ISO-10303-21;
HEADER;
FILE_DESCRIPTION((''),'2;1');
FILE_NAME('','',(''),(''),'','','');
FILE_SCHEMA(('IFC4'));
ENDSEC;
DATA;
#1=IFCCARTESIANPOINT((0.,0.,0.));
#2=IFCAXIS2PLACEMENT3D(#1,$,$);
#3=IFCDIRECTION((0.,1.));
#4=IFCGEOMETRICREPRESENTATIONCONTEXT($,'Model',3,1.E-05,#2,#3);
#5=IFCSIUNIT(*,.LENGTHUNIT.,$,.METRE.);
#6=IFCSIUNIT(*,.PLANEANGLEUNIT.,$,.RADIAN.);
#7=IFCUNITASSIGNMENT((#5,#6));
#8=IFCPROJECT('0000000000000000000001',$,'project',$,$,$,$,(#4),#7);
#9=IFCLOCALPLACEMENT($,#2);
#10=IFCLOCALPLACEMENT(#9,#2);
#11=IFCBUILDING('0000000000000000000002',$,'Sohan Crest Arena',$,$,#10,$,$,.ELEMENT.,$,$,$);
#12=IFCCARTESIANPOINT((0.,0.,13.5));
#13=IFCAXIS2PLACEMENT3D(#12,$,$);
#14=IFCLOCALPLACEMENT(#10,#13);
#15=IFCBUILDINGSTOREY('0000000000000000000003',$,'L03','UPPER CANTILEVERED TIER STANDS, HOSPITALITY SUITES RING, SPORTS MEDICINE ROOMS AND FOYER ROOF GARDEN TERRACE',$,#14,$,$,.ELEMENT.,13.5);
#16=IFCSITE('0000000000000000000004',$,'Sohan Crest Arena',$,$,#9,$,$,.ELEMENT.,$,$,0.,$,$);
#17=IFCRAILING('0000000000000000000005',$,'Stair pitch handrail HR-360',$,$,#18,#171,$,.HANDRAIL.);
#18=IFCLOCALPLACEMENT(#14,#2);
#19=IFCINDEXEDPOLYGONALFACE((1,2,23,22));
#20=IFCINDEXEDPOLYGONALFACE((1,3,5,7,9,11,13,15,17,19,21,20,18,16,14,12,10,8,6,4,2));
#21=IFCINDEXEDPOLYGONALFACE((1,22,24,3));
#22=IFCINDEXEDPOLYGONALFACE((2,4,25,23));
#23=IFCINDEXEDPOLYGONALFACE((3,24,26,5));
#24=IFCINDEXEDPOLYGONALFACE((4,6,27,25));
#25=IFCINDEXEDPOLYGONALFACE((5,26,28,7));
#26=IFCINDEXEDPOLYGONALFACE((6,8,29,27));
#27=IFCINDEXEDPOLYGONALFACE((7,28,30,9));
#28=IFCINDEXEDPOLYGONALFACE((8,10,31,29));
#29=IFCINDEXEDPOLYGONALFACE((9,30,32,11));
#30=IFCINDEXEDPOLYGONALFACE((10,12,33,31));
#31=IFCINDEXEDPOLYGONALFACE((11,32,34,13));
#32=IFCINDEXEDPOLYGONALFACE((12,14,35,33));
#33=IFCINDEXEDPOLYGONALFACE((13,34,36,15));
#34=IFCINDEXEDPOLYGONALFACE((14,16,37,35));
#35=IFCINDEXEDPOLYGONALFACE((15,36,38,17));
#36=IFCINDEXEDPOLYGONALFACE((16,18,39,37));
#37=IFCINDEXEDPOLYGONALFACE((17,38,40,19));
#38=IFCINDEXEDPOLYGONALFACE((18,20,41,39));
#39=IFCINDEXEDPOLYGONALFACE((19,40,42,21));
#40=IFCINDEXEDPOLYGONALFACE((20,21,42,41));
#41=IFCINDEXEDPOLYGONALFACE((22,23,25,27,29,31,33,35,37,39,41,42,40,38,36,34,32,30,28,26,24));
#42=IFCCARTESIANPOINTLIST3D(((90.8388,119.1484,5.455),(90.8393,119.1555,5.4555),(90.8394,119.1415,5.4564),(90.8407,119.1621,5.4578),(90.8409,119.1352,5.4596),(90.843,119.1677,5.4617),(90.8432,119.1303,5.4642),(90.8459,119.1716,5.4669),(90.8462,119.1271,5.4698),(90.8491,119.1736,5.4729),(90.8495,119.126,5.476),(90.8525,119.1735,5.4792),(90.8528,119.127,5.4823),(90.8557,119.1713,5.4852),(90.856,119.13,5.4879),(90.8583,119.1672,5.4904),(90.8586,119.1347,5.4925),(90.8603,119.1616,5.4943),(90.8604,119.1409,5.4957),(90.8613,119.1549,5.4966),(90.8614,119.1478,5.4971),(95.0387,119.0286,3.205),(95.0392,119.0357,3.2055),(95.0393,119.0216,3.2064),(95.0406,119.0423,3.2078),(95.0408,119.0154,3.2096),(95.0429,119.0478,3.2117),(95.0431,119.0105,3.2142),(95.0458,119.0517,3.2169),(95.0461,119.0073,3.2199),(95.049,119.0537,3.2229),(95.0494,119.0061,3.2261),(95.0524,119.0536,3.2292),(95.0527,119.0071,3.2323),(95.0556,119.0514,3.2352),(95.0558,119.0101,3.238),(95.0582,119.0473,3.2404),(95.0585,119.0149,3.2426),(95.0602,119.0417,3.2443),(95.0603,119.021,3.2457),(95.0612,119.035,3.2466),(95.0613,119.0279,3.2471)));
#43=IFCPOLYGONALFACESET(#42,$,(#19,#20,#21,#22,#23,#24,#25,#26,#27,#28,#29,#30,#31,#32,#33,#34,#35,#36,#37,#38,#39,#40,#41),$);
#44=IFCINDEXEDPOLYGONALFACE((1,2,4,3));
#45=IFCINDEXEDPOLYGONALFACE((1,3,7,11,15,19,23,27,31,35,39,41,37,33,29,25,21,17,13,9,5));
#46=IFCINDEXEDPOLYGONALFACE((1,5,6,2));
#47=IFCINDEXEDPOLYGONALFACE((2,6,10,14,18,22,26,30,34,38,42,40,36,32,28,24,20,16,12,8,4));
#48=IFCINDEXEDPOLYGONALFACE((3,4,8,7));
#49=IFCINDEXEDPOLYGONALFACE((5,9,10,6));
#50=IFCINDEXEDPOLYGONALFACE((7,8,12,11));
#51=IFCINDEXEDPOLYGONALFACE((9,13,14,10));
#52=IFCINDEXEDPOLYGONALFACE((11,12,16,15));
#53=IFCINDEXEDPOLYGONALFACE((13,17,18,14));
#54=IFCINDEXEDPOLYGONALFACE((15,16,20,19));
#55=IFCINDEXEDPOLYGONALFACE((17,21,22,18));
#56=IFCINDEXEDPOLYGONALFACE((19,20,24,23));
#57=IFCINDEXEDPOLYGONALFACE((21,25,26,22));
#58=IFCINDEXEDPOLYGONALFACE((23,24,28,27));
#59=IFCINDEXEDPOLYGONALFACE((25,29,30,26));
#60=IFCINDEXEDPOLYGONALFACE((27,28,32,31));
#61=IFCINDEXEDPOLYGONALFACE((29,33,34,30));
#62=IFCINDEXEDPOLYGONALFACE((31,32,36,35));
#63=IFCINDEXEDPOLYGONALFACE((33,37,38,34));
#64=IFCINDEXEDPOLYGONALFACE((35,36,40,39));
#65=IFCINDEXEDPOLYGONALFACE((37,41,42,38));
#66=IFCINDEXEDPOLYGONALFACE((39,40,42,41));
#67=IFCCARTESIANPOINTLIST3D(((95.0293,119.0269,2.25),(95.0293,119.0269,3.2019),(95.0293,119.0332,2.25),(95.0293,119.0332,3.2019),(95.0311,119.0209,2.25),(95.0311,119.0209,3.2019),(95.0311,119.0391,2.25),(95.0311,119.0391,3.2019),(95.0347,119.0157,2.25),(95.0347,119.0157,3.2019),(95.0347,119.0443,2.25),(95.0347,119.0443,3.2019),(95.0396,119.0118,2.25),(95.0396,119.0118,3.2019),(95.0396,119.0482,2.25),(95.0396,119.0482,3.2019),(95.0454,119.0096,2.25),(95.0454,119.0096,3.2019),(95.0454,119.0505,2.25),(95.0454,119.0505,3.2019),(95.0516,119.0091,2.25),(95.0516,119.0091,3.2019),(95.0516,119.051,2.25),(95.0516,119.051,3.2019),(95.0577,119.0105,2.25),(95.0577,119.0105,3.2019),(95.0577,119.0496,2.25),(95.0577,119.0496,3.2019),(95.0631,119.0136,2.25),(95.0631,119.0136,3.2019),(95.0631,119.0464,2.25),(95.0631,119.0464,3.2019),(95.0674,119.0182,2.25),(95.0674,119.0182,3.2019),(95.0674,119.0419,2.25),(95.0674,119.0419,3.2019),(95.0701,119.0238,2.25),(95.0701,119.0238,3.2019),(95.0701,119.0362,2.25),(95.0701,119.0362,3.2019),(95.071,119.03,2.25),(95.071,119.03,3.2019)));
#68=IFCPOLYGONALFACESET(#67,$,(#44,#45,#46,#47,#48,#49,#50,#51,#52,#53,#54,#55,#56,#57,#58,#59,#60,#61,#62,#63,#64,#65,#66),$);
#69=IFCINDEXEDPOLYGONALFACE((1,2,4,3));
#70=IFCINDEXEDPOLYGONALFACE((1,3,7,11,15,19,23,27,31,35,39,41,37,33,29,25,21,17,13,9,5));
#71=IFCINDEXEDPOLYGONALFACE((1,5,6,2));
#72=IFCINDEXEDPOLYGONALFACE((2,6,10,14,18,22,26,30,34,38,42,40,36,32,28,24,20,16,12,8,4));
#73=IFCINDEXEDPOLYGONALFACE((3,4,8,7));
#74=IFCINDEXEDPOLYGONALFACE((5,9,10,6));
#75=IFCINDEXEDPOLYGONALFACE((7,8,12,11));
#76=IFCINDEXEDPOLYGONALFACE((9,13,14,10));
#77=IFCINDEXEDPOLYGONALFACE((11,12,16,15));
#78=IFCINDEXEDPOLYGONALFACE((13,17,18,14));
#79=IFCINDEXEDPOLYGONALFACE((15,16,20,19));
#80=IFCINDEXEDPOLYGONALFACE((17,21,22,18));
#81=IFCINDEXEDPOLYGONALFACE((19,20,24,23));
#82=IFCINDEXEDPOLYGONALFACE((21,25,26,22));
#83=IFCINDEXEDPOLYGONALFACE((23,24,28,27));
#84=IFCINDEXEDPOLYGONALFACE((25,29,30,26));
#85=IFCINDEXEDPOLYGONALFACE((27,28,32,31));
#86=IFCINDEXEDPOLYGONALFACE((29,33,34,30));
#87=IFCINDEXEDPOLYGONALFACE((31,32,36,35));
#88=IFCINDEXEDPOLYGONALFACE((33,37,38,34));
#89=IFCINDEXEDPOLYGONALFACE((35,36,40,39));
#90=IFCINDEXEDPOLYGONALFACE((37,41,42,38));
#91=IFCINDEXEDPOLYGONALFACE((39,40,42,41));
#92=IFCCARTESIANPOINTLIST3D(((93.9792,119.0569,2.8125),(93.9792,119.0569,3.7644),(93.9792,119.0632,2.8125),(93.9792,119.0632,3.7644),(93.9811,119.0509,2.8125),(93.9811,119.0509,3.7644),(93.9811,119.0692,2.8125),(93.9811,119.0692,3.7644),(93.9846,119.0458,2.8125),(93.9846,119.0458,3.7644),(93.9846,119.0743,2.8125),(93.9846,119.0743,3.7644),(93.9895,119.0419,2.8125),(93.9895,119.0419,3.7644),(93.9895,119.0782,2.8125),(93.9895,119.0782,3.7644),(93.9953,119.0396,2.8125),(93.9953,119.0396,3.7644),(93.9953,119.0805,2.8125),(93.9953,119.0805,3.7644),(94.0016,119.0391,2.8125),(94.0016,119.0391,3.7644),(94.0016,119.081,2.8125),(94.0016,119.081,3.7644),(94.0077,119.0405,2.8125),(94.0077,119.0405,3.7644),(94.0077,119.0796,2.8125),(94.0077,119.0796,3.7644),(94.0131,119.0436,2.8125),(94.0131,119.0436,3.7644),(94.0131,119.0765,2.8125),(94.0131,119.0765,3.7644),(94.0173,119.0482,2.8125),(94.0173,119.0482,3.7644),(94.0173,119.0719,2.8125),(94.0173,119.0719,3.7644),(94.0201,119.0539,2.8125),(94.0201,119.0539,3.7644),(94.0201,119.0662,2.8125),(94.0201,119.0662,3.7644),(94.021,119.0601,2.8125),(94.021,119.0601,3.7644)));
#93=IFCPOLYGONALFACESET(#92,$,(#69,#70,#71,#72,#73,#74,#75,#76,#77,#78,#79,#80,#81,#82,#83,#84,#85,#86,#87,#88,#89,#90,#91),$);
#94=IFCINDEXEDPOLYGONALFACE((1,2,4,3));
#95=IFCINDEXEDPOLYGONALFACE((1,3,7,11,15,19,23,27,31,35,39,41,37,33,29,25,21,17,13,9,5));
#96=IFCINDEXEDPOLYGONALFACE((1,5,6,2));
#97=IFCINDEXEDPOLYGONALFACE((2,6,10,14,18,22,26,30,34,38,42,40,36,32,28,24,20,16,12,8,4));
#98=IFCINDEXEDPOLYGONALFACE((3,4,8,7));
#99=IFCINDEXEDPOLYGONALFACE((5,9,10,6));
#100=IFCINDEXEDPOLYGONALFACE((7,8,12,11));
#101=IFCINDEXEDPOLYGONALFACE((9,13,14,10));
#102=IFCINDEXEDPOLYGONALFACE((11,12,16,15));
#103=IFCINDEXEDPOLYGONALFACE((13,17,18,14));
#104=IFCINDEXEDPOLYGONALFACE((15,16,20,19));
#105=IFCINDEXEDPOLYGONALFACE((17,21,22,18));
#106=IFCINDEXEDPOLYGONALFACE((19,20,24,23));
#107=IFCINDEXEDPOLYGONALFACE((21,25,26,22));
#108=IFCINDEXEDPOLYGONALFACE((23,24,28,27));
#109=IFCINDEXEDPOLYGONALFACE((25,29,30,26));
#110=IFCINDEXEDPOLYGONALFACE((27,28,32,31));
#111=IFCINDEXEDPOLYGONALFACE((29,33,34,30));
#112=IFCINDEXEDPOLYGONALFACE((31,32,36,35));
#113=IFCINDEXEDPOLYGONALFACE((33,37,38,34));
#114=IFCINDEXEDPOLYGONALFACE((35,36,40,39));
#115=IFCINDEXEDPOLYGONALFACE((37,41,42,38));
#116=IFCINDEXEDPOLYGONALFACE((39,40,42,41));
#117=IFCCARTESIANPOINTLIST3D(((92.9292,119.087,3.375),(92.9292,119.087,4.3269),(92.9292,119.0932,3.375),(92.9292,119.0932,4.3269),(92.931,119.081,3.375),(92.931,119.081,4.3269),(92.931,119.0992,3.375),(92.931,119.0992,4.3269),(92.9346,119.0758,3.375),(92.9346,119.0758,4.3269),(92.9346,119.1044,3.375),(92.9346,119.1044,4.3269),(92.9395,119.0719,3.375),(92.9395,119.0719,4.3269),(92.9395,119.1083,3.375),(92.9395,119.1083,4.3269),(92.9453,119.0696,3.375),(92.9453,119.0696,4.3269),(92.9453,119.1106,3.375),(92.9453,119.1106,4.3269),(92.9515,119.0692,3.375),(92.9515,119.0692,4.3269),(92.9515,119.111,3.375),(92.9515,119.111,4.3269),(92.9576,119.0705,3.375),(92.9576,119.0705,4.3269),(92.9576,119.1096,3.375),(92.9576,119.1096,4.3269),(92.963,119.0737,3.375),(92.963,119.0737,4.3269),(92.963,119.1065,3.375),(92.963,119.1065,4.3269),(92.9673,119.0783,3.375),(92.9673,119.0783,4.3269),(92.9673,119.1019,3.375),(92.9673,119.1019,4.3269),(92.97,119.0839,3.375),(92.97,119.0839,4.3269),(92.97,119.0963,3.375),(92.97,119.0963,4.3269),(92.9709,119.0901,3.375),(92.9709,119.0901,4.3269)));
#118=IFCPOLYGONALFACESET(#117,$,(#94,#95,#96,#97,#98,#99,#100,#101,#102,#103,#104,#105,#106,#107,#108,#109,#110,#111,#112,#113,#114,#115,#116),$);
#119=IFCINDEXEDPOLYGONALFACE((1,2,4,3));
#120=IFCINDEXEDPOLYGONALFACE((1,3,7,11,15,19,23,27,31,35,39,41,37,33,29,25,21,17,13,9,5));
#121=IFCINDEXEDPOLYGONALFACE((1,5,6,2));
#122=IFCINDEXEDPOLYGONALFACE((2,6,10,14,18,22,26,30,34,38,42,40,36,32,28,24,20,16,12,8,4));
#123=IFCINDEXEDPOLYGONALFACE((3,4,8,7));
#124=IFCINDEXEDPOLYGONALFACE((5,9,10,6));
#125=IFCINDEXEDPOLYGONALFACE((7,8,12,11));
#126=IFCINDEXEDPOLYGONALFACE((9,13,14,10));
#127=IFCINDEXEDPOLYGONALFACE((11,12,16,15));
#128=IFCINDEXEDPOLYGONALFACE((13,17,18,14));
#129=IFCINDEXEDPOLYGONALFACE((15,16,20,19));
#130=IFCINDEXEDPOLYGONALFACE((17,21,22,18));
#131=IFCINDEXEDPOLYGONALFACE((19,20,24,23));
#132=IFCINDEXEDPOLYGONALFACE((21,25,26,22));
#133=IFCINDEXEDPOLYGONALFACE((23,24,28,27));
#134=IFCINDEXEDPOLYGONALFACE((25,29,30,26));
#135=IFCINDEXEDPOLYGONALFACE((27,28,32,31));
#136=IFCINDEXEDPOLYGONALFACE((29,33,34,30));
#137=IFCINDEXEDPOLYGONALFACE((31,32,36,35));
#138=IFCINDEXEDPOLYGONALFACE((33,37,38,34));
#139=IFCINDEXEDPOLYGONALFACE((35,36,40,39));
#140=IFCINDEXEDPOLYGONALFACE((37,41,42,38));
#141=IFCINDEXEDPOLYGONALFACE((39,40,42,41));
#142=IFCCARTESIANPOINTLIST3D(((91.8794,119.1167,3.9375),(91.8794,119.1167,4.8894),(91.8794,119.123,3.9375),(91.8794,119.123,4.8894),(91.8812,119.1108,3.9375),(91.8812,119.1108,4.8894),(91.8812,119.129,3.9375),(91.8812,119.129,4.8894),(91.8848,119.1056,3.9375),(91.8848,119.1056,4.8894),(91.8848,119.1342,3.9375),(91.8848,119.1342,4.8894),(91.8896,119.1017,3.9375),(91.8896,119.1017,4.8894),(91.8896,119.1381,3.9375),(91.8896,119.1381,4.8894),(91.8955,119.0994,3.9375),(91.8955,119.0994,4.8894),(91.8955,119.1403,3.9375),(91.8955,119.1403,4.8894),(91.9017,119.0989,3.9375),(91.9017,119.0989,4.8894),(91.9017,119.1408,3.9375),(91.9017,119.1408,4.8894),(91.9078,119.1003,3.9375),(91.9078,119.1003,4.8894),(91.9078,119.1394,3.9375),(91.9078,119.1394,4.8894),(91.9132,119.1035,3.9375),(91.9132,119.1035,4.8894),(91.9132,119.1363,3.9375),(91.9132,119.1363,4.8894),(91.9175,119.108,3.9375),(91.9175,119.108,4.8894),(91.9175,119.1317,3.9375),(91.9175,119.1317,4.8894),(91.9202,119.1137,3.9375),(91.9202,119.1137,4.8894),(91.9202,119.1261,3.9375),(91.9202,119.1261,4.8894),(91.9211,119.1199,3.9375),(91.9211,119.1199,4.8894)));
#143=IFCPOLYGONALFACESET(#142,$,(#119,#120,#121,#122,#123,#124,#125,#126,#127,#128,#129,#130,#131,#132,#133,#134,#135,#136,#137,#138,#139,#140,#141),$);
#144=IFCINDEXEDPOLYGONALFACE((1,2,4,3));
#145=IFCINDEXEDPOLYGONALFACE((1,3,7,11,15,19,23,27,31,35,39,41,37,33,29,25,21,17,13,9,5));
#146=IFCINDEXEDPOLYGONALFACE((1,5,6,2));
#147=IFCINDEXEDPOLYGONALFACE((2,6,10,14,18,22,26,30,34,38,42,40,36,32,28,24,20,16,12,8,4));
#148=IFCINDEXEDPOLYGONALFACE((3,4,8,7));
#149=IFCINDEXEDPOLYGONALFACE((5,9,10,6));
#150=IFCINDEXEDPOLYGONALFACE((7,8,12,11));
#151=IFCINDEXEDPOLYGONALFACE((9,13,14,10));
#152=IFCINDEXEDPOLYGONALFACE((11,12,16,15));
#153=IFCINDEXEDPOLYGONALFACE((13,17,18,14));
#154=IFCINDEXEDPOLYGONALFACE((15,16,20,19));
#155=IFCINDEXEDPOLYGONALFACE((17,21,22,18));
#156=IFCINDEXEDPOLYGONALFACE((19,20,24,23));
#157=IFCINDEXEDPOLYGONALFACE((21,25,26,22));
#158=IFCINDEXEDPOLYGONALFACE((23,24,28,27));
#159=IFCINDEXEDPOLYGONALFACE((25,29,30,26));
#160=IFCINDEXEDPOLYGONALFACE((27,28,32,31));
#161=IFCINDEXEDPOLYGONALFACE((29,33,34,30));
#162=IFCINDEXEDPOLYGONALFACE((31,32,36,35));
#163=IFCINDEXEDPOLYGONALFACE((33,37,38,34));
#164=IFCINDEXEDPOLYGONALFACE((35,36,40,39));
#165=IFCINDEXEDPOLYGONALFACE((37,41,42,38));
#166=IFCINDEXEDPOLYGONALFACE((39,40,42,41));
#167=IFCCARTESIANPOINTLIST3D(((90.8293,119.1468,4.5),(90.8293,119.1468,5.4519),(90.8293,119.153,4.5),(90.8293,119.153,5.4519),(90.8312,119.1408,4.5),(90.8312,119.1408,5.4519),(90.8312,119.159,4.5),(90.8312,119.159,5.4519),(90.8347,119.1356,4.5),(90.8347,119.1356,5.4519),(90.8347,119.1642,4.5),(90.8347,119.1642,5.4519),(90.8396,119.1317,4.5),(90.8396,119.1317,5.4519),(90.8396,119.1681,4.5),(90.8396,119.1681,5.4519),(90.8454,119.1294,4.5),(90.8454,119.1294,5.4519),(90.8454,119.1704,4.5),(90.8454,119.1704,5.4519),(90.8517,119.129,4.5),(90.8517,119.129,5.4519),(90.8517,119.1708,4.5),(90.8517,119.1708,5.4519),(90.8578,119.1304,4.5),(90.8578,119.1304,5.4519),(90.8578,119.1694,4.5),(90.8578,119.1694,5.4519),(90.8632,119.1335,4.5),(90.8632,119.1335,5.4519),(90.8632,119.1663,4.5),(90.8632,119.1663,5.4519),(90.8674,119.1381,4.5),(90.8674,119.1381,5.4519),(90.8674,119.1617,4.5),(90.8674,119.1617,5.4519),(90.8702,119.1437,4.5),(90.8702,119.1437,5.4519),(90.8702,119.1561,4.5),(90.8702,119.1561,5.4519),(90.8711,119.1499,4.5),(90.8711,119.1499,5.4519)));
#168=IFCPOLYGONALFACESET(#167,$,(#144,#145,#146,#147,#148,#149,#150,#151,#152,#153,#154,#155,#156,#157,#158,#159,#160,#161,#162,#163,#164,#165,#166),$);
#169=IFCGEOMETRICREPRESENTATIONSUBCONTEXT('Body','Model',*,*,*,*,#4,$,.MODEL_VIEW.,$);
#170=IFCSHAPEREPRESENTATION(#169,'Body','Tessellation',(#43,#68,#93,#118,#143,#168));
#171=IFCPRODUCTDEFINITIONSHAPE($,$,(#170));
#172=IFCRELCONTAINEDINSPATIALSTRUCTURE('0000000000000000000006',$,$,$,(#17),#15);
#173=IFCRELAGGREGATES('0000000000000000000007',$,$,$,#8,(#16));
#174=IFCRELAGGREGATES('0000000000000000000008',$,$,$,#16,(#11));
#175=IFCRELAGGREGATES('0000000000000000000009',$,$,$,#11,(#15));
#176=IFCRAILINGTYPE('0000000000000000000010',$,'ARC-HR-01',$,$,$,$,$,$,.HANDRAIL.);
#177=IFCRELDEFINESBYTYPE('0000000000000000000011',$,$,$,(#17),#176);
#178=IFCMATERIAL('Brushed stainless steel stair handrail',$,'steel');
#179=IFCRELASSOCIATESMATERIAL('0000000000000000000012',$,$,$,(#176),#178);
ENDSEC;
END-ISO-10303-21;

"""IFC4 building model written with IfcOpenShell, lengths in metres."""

from ifc_helpers import new_model, si_unit, direction, frame, origin, origin_2d, place, context, subcontext, project, spatial, circle, extrude, material, type_object, element, save


model = new_model("IFC4")

# Units and contexts
model_context = context("Model", 3, precision=1e-05, world=origin(), true_north=direction((0.0, 1.0)))
body_context = subcontext(model_context, "Body", "Model", "MODEL_VIEW")
ifc_project = project(units=[si_unit("LENGTHUNIT", "METRE"), si_unit("PLANEANGLEUNIT", "RADIAN")], contexts=[model_context])

# Site, building, storey
site_placement = place(None, origin())
site = spatial("IfcSite", under=ifc_project, at=site_placement, Name="Sohan Crest Arena", CompositionType="ELEMENT", RefElevation=0.0)
building_placement = place(site_placement, origin())
building = spatial("IfcBuilding", under=site, at=building_placement, Name="Sohan Crest Arena", CompositionType="ELEMENT")
storey_placement = place(building_placement, frame((0.0, 0.0, 13.5)))
storey = spatial("IfcBuildingStorey", under=building, at=storey_placement, Name="L03", Description="UPPER CANTILEVERED TIER STANDS, HOSPITALITY SUITES RING, SPORTS MEDICINE ROOMS AND FOYER ROOF GARDEN TERRACE", CompositionType="ELEMENT", Elevation=13.5)

# Railing
ifc_material_1 = material(Name="Brushed stainless steel stair handrail", Category="steel")
railing_type = type_object("IfcRailingType", Name="ARC-HR-01", PredefinedType="HANDRAIL", material=ifc_material_1)
railing_placement = place(storey_placement, frame((95.05, 119.03, 2.25)))
element("IfcRailing", 1, at=railing_placement, inside=storey, type_object=railing_type, Name="Stair pitch handrail HR-360", PredefinedType="HANDRAIL", context=body_context, shape_type="SweptSolid", body=[
    extrude(circle(Radius=0.0239, at=origin_2d()), frame((0.0, 0.0, 0.9761), z_axis=(-0.881199, 0.025151, 0.472076), x_axis=(-0.02853, -0.999593, 0.0)), (0.0, 0.0, 1.0), 4.7661),
    extrude(circle(Radius=0.021, at=origin_2d()), origin(), (0.0, 0.0, 1.0), 0.9519),
    extrude(circle(Radius=0.021, at=origin_2d()), frame((-1.05, 0.03, 0.5625)), (0.0, 0.0, 1.0), 0.9519),
    extrude(circle(Radius=0.021, at=origin_2d()), frame((-2.1001, 0.0601, 1.125)), (0.0, 0.0, 1.0), 0.9519),
    extrude(circle(Radius=0.021, at=origin_2d()), frame((-3.1499, 0.0898, 1.6875)), (0.0, 0.0, 1.0), 0.9519),
    extrude(circle(Radius=0.021, at=origin_2d()), frame((-4.2, 0.1199, 2.25)), (0.0, 0.0, 1.0), 0.9519),
])

save(model, "model.ifc")
